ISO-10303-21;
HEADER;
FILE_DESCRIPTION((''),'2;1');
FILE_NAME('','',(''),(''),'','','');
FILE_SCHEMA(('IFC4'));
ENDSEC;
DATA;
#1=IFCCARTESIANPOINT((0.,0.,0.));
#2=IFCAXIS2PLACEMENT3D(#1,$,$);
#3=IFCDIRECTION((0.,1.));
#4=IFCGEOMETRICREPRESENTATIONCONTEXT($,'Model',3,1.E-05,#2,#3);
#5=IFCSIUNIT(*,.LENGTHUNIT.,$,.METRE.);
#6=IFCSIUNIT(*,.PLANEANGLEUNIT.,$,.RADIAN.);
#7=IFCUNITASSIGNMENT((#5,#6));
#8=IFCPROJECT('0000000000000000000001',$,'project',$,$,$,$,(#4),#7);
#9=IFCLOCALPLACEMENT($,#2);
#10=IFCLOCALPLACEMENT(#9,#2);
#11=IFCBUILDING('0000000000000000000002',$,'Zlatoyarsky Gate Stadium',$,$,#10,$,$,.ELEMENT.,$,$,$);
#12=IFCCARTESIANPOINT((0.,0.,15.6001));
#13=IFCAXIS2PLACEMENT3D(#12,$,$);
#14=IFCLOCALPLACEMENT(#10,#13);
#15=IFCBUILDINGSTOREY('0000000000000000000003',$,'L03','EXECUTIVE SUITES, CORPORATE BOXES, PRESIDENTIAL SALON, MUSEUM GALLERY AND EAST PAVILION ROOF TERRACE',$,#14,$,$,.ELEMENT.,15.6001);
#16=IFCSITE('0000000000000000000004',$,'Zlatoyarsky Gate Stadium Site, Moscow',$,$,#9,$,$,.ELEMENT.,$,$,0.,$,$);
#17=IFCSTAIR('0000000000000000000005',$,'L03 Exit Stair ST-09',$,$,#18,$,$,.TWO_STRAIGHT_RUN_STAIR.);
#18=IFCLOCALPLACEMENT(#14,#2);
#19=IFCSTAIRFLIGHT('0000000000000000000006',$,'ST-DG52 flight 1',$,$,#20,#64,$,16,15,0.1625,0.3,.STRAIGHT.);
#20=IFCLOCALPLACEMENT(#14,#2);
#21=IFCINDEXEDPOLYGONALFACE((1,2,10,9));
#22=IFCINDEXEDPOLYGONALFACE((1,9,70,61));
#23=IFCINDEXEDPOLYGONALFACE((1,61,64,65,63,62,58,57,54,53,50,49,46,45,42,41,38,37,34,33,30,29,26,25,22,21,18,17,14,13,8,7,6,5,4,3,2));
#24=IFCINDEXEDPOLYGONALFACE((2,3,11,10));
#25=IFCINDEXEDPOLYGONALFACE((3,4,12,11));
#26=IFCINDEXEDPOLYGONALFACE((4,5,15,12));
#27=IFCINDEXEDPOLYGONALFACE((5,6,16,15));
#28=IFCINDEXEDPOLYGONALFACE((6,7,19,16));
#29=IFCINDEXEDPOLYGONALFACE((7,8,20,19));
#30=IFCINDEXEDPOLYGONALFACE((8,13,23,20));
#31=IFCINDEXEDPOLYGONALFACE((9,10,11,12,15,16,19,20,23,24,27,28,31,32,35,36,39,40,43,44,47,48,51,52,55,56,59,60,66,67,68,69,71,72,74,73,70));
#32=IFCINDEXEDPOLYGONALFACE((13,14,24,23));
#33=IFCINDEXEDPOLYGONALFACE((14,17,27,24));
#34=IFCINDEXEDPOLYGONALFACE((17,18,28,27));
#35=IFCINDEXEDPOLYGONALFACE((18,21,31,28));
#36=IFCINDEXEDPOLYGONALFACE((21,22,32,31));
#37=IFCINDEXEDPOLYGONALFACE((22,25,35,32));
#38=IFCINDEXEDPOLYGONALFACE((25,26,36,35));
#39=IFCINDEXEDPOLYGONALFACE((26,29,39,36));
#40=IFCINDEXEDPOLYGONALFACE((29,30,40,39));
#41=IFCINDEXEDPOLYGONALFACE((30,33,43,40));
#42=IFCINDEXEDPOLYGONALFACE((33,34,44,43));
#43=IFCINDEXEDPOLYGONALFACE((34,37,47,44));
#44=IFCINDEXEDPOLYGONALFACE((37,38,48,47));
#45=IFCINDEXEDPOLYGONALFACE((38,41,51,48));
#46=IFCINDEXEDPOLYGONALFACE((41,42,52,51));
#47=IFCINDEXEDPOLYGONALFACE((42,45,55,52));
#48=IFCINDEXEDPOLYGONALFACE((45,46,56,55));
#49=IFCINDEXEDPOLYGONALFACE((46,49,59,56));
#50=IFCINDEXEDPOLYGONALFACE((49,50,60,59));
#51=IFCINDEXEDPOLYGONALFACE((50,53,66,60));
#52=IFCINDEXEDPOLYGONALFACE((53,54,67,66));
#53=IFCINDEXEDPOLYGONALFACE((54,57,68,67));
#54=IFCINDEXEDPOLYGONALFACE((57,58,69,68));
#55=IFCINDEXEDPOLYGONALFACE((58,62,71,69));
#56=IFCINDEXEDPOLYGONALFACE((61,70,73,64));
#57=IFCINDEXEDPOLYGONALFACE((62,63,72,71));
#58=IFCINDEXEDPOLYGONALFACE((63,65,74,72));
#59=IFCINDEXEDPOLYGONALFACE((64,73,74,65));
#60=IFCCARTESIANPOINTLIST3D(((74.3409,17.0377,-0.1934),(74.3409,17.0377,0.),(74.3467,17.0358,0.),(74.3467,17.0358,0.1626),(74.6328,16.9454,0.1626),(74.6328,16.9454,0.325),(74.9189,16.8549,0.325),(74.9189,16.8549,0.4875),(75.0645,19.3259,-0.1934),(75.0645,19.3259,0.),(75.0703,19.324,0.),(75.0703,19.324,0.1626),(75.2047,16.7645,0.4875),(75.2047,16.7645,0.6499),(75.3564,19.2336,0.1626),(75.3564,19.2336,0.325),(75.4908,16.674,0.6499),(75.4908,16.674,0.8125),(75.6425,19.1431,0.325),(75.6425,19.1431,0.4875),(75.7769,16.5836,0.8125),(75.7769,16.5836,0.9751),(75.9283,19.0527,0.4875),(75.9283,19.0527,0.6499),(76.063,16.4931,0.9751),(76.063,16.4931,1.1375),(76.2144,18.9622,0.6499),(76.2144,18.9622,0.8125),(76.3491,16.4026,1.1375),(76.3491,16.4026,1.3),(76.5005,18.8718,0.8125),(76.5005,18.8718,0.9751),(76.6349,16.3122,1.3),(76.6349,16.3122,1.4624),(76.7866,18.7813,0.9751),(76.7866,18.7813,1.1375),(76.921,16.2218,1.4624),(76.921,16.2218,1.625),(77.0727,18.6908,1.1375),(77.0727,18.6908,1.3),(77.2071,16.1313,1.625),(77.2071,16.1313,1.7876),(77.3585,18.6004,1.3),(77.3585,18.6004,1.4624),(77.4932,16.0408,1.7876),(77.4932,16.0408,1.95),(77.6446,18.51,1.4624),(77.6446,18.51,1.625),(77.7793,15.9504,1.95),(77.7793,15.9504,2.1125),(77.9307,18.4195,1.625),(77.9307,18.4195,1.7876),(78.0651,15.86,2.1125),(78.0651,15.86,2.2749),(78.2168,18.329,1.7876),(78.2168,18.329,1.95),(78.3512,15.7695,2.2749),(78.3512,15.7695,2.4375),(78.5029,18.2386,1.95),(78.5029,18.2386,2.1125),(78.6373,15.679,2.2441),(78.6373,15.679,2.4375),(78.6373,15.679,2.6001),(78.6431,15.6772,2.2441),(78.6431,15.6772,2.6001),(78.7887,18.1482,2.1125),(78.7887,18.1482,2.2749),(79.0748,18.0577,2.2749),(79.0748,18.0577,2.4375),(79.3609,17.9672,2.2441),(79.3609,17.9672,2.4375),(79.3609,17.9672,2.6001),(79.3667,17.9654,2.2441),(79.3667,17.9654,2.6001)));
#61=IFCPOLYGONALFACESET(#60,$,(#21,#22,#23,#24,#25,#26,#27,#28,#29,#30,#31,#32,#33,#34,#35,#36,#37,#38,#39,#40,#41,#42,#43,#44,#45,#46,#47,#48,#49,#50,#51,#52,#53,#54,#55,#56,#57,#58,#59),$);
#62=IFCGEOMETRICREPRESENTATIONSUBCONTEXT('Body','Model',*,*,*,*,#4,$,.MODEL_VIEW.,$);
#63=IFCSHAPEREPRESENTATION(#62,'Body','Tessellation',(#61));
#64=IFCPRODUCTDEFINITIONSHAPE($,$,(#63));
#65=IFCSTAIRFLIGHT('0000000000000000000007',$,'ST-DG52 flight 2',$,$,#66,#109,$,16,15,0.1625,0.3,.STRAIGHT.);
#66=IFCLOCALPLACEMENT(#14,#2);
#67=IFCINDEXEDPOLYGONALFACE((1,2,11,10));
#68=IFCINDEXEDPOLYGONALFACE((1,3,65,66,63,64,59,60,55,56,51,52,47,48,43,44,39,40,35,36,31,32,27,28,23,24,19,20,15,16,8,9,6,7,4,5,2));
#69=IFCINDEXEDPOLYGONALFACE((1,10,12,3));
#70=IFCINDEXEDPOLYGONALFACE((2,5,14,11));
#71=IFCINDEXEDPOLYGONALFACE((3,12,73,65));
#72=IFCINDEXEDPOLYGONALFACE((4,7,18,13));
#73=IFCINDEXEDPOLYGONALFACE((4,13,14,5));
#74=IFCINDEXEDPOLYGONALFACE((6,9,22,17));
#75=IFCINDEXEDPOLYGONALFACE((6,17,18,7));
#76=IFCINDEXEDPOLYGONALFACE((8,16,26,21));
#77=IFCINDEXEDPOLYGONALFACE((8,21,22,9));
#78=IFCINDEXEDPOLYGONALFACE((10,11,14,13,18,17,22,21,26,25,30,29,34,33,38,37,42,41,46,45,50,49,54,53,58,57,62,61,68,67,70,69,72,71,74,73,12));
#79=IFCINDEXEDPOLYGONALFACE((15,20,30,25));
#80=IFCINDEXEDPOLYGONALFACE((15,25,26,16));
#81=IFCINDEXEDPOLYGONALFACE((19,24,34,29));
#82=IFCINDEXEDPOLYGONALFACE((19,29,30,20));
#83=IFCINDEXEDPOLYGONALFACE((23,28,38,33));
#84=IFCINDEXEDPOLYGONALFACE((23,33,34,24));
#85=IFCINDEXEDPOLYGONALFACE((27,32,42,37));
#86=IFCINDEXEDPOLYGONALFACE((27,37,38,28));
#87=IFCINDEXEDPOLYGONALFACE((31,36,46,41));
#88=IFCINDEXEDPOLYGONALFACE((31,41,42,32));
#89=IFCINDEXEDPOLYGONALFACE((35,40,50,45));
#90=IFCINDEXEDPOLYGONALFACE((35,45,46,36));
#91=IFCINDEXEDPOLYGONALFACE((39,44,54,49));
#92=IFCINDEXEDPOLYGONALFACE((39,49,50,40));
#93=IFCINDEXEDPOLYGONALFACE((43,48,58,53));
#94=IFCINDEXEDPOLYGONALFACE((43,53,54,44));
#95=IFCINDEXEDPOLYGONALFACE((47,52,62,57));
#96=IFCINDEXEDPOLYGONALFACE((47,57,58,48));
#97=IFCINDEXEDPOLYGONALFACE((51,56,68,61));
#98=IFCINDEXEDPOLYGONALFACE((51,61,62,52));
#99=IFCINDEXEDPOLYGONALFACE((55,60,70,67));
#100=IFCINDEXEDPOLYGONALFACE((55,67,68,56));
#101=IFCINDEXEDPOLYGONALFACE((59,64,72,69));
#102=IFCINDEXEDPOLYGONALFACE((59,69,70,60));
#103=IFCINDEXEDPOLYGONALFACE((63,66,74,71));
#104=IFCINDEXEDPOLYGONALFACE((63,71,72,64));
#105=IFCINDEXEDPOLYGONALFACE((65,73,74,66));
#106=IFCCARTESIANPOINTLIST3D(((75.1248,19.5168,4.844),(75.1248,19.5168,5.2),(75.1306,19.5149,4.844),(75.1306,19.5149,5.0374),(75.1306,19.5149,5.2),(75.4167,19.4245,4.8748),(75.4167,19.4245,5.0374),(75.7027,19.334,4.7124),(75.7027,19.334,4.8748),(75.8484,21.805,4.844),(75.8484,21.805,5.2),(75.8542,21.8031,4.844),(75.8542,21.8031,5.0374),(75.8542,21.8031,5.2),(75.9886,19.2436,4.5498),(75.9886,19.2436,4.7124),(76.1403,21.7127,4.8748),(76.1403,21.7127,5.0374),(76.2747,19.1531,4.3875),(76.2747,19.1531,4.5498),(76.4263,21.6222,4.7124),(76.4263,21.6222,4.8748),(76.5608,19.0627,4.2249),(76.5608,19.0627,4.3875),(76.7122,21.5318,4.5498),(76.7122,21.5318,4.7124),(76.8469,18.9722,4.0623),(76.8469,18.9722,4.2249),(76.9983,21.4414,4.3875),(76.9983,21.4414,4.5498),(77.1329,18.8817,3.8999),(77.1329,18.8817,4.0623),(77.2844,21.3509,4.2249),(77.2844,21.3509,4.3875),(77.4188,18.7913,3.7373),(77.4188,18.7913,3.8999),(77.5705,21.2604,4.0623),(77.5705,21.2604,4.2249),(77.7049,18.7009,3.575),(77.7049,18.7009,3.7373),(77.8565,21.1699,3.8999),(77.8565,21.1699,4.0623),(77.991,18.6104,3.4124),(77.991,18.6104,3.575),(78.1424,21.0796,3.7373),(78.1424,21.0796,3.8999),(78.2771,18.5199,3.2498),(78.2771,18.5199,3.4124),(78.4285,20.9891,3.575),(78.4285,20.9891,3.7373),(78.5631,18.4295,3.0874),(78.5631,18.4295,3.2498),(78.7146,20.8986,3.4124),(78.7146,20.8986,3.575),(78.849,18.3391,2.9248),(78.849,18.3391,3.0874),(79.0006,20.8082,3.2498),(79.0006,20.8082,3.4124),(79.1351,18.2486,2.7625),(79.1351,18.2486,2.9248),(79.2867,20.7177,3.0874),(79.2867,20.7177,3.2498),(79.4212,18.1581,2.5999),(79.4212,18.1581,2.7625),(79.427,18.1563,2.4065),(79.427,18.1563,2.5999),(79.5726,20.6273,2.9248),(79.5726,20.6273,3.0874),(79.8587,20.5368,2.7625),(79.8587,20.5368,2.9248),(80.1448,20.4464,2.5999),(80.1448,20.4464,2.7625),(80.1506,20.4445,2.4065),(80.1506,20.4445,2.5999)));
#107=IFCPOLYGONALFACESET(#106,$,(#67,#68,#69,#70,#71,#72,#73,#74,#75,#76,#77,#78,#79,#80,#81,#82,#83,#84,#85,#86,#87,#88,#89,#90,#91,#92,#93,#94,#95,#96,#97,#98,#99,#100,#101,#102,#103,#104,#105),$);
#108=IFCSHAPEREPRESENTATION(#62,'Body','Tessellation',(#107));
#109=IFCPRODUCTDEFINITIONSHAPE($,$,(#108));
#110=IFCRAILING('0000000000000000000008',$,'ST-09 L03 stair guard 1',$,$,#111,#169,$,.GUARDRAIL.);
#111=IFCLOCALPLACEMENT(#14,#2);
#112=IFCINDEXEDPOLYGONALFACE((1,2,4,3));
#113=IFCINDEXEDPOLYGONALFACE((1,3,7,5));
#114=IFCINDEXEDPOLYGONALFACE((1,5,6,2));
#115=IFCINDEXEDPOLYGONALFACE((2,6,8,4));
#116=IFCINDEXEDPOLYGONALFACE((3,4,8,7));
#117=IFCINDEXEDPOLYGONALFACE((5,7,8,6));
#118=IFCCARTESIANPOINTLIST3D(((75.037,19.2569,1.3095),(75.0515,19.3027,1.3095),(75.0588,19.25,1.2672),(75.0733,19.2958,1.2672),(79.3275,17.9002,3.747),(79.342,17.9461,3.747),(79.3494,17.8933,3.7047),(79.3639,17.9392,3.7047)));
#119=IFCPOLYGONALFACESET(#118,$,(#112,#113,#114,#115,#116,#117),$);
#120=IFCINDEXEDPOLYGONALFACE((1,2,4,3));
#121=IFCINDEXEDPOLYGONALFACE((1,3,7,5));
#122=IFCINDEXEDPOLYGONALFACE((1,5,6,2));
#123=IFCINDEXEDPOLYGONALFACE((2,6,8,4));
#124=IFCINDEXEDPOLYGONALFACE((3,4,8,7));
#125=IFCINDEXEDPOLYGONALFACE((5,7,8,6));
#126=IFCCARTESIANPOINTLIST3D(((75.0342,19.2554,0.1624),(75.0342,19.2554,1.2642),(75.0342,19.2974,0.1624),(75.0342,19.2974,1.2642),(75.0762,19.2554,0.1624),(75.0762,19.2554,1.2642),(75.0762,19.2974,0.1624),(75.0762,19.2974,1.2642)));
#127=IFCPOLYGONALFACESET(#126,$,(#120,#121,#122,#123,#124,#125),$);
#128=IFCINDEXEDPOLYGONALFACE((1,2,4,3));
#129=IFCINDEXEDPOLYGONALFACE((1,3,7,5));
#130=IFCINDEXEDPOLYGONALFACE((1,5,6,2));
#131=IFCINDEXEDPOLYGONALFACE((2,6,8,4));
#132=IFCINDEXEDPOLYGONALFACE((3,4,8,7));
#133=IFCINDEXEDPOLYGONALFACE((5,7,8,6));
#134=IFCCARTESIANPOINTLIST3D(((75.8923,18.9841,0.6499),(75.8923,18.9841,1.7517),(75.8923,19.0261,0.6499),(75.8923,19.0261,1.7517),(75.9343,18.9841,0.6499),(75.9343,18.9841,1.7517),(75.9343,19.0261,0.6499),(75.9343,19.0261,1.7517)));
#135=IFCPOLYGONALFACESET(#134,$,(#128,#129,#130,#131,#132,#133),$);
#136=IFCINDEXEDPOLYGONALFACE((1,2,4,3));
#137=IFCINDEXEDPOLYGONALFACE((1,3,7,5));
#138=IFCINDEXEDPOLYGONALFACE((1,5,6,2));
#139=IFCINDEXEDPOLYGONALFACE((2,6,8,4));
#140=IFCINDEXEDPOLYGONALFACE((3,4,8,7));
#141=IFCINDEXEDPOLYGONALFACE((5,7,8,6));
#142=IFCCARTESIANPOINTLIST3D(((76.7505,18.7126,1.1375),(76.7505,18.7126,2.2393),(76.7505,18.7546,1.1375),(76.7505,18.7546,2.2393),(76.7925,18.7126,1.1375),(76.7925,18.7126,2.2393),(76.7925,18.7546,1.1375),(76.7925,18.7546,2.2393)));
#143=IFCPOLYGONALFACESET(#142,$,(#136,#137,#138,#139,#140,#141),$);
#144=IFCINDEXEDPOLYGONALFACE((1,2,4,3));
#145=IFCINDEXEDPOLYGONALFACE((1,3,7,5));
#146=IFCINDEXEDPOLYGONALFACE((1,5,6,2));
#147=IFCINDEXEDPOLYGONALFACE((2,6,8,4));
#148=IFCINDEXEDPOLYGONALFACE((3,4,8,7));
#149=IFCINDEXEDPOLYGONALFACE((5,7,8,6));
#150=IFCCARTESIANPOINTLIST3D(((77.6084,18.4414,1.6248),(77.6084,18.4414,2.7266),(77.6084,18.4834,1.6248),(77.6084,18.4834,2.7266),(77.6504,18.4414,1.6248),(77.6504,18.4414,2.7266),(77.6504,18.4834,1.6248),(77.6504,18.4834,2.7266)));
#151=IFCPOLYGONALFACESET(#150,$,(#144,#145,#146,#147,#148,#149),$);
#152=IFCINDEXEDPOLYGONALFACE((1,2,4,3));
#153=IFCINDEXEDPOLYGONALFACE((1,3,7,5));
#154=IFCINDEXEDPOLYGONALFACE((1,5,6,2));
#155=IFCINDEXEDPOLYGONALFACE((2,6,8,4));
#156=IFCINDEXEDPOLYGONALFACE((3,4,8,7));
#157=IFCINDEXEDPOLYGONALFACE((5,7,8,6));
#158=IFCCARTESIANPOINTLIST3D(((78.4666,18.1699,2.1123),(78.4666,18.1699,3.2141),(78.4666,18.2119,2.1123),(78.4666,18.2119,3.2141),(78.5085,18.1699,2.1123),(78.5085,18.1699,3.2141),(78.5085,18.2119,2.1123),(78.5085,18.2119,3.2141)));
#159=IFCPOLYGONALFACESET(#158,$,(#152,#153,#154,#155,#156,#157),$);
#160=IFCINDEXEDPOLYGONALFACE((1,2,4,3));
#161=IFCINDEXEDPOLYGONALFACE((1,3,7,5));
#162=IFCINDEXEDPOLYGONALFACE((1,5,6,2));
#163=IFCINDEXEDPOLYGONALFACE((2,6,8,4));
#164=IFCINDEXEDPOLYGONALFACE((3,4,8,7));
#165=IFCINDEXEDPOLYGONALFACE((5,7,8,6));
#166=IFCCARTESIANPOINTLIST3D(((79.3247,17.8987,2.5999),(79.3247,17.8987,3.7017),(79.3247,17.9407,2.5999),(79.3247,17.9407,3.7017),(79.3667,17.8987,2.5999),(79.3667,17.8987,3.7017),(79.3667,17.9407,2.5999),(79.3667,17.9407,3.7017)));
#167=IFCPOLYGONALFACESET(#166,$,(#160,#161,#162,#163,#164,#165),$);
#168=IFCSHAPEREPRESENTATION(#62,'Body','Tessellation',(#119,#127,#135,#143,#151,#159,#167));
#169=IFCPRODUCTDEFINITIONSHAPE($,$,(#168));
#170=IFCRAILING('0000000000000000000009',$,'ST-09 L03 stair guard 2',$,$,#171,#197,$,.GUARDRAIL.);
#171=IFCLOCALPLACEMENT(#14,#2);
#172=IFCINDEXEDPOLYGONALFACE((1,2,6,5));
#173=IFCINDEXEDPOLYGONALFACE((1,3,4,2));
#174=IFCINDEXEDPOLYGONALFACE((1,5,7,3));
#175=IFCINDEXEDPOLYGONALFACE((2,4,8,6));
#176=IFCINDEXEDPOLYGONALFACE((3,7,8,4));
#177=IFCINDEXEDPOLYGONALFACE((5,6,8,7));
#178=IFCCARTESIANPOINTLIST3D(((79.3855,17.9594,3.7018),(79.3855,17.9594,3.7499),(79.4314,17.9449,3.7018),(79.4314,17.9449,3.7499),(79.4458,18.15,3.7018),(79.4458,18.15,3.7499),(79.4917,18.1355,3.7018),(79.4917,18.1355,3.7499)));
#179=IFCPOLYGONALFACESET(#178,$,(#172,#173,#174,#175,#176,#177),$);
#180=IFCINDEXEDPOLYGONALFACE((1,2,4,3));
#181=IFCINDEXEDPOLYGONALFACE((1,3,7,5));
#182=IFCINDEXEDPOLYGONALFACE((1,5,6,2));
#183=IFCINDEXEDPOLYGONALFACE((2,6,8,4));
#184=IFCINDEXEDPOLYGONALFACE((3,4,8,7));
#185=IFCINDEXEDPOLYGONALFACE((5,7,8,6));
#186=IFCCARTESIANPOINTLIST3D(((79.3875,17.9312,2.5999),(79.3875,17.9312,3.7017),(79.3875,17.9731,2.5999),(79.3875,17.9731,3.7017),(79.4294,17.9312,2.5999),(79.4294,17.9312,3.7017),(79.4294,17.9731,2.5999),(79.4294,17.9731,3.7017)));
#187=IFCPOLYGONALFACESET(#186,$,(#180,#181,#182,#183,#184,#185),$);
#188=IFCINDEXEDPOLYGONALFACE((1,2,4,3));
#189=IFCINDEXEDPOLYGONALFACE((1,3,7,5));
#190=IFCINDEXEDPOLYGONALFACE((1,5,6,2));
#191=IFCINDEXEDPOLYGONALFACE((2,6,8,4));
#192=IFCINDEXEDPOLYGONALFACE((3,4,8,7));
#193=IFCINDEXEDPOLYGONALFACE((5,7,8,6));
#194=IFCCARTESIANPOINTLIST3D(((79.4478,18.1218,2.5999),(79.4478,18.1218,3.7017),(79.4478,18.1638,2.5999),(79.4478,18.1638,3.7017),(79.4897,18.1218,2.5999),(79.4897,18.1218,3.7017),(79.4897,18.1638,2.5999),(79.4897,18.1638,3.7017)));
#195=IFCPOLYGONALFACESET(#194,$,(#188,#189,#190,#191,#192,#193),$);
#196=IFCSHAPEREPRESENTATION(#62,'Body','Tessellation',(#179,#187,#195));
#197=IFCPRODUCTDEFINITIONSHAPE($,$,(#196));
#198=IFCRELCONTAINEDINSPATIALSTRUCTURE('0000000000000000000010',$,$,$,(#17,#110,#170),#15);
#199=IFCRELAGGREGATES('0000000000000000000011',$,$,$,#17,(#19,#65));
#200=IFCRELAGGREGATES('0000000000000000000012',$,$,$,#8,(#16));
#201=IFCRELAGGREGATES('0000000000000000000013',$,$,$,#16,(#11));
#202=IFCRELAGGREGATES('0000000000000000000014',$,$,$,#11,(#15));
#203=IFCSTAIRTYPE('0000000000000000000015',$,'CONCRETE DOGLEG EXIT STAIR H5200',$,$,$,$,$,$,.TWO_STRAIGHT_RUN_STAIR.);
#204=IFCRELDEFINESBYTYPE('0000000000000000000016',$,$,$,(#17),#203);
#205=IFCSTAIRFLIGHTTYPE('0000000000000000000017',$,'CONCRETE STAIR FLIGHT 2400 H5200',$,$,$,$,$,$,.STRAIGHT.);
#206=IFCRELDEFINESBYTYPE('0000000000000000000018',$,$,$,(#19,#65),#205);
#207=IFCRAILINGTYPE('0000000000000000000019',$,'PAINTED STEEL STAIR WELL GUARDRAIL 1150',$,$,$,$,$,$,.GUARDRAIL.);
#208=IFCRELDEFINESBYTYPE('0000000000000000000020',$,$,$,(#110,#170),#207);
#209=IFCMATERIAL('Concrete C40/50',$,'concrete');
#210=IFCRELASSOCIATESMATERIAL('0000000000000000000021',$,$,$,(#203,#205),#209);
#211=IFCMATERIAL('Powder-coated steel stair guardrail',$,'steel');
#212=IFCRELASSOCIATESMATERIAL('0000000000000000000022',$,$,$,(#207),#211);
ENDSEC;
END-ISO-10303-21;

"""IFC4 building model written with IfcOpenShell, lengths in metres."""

from ifc_helpers import new_model, si_unit, direction, frame, origin, origin_2d, place, context, subcontext, project, spatial, polyline, rectangle, outline, extrude, material, type_object, element, aggregate, save


model = new_model("IFC4")

# Units and contexts
model_context = context("Model", 3, precision=1e-05, world=origin(), true_north=direction((0.0, 1.0)))
body_context = subcontext(model_context, "Body", "Model", "MODEL_VIEW")
ifc_project = project(units=[si_unit("LENGTHUNIT", "METRE"), si_unit("PLANEANGLEUNIT", "RADIAN")], contexts=[model_context])

# Site, building, storey
site_placement = place(None, origin())
site = spatial("IfcSite", under=ifc_project, at=site_placement, Name="Zlatoyarsky Gate Stadium Site, Moscow", CompositionType="ELEMENT", RefElevation=0.0)
building_placement = place(site_placement, origin())
building = spatial("IfcBuilding", under=site, at=building_placement, Name="Zlatoyarsky Gate Stadium", CompositionType="ELEMENT")
storey_placement = place(building_placement, frame((0.0, 0.0, 15.6001)))
storey = spatial("IfcBuildingStorey", under=building, at=storey_placement, Name="L03", Description="EXECUTIVE SUITES, CORPORATE BOXES, PRESIDENTIAL SALON, MUSEUM GALLERY AND EAST PAVILION ROOF TERRACE", CompositionType="ELEMENT", Elevation=15.6001)

# Shared definitions
ifc_material_1 = material(Name="Concrete C40/50", Category="concrete")

# Stair, stair flights
stair_type = type_object("IfcStairType", Name="CONCRETE DOGLEG EXIT STAIR H5200", PredefinedType="TWO_STRAIGHT_RUN_STAIR", material=ifc_material_1)
stair_placement = place(storey_placement, origin())
stair = element("IfcStair", 1, at=stair_placement, inside=storey, type_object=stair_type, Name="L03 Exit Stair ST-09", PredefinedType="TWO_STRAIGHT_RUN_STAIR")
stair_flight_type = type_object("IfcStairFlightType", Name="CONCRETE STAIR FLIGHT 2400 H5200", PredefinedType="STRAIGHT", material=ifc_material_1)
stair_flight_1_placement = place(storey_placement, frame((74.7085, 18.1799, 0.0), z_axis=(0.0, 0.0, 1.0), x_axis=(0.953463, -0.30151, 0.0)))
stair_flight_1 = element("IfcStairFlight", 2, at=stair_flight_1_placement, type_object=stair_flight_type, Name="ST-DG52 flight 1", NumberOfRisers=16, NumberOfTreads=15, PredefinedType="STRAIGHT", RiserHeight=0.1625, TreadLength=0.3, context=body_context, shape_type="SweptSolid", body=[
    extrude(outline(polyline([(-0.0061, -0.1934), (-0.0061, 0.0), (0.0, 0.0), (0.0, 0.1626), (0.3, 0.1626), (0.3, 0.325), (0.6001, 0.325), (0.6001, 0.4875), (0.8999, 0.4875), (0.8999, 0.6499), (1.2, 0.6499), (1.2, 0.8125), (1.5, 0.8125), (1.5, 0.9751), (1.8, 0.9751), (1.8, 1.1375), (2.1001, 1.1375), (2.1001, 1.3), (2.3999, 1.3), (2.3999, 1.4624), (2.7, 1.4624), (2.7, 1.625), (3.0, 1.625), (3.0, 1.7876), (3.3, 1.7876), (3.3, 1.95), (3.6001, 1.95), (3.6001, 2.1125), (3.8999, 2.1125), (3.8999, 2.2749), (4.2, 2.2749), (4.2, 2.4375), (4.5, 2.4375), (4.5, 2.6001), (4.5061, 2.6001), (4.5061, 2.2441), (4.5, 2.2441), (-0.0061, -0.1934)])), frame((0.0, 1.2, 0.0), z_axis=(0.0, -1.0, 0.0), x_axis=(1.0, 0.0, 0.0)), (0.0, 0.0, 1.0), 2.3999),
])
stair_flight_2_placement = place(storey_placement, frame((79.783, 19.3022, 2.5999), z_axis=(0.0, 0.0, 1.0), x_axis=(-0.953463, 0.30151, 0.0)))
stair_flight_2 = element("IfcStairFlight", 3, at=stair_flight_2_placement, type_object=stair_flight_type, Name="ST-DG52 flight 2", NumberOfRisers=16, NumberOfTreads=15, PredefinedType="STRAIGHT", RiserHeight=0.1625, TreadLength=0.3, context=body_context, shape_type="SweptSolid", body=[
    extrude(outline(polyline([(-0.0061, -0.1934), (-0.0061, 0.0), (0.0, 0.0), (0.0, 0.1626), (0.3, 0.1626), (0.3, 0.325), (0.6001, 0.325), (0.6001, 0.4875), (0.8999, 0.4875), (0.8999, 0.6499), (1.2, 0.6499), (1.2, 0.8125), (1.5, 0.8125), (1.5, 0.9751), (1.8, 0.9751), (1.8, 1.1375), (2.1001, 1.1375), (2.1001, 1.3), (2.3999, 1.3), (2.3999, 1.4624), (2.7, 1.4624), (2.7, 1.625), (3.0, 1.625), (3.0, 1.7876), (3.3, 1.7876), (3.3, 1.95), (3.6001, 1.95), (3.6001, 2.1125), (3.8999, 2.1125), (3.8999, 2.2749), (4.2, 2.2749), (4.2, 2.4375), (4.5, 2.4375), (4.5, 2.6001), (4.5061, 2.6001), (4.5061, 2.2441), (4.5, 2.2441), (-0.0061, -0.1934)])), frame((0.0, 1.2, 0.0), z_axis=(0.0, -1.0, 0.0), x_axis=(1.0, 0.0, 0.0)), (0.0, 0.0, 1.0), 2.3999),
])
aggregate(stair, [stair_flight_1, stair_flight_2])

# Railings
ifc_material_2 = material(Name="Powder-coated steel stair guardrail", Category="steel")
railing_type_1 = type_object("IfcRailingType", Name="PAINTED STEEL STAIR WELL GUARDRAIL 1150", PredefinedType="GUARDRAIL", material=ifc_material_2)
railing_1_placement = place(storey_placement, frame((75.0552, 19.2764, 0.1624)))
element("IfcRailing", 4, at=railing_1_placement, inside=storey, type_object=railing_type_1, Name="ST-09 L03 stair guard 1", PredefinedType="GUARDRAIL", context=body_context, shape_type="SweptSolid", body=[
    extrude(rectangle(XDim=0.0481, YDim=0.0481, at=origin_2d()), frame((0.0, 0.0, 1.126), z_axis=(0.838374, -0.265099, 0.47629), x_axis=(0.301492, 0.953469, 0.0)), (0.0, 0.0, 1.0), 5.1177),
    extrude(rectangle(XDim=0.042, YDim=0.042, at=origin_2d()), origin(), (0.0, 0.0, 1.0), 1.1018),
    extrude(rectangle(XDim=0.042, YDim=0.042, at=origin_2d()), frame((0.8582, -0.2712, 0.4875)), (0.0, 0.0, 1.0), 1.1018),
    extrude(rectangle(XDim=0.042, YDim=0.042, at=origin_2d()), frame((1.7163, -0.5427, 0.9751)), (0.0, 0.0, 1.0), 1.1018),
    extrude(rectangle(XDim=0.042, YDim=0.042, at=origin_2d()), frame((2.5742, -0.814, 1.4624)), (0.0, 0.0, 1.0), 1.1018),
    extrude(rectangle(XDim=0.042, YDim=0.042, at=origin_2d()), frame((3.4324, -1.0854, 1.95)), (0.0, 0.0, 1.0), 1.1018),
    extrude(rectangle(XDim=0.042, YDim=0.042, at=origin_2d()), frame((4.2905, -1.3567, 2.4375)), (0.0, 0.0, 1.0), 1.1018),
])
railing_2_placement = place(storey_placement, frame((79.4084, 17.9521, 2.5999)))
element("IfcRailing", 5, at=railing_2_placement, inside=storey, type_object=railing_type_1, Name="ST-09 L03 stair guard 2", PredefinedType="GUARDRAIL", context=body_context, shape_type="SweptSolid", body=[
    extrude(rectangle(XDim=0.0481, YDim=0.0481, at=origin_2d()), frame((0.0, 0.0, 1.126), z_axis=(0.30154, 0.953453, 0.0), x_axis=(-0.953453, 0.30154, 0.0)), (0.0, 0.0, 1.0), 0.2),
    extrude(rectangle(XDim=0.042, YDim=0.042, at=origin_2d()), origin(), (0.0, 0.0, 1.0), 1.1018),
    extrude(rectangle(XDim=0.042, YDim=0.042, at=origin_2d()), frame((0.0603, 0.1907, 0.0)), (0.0, 0.0, 1.0), 1.1018),
])

save(model, "model.ifc")
